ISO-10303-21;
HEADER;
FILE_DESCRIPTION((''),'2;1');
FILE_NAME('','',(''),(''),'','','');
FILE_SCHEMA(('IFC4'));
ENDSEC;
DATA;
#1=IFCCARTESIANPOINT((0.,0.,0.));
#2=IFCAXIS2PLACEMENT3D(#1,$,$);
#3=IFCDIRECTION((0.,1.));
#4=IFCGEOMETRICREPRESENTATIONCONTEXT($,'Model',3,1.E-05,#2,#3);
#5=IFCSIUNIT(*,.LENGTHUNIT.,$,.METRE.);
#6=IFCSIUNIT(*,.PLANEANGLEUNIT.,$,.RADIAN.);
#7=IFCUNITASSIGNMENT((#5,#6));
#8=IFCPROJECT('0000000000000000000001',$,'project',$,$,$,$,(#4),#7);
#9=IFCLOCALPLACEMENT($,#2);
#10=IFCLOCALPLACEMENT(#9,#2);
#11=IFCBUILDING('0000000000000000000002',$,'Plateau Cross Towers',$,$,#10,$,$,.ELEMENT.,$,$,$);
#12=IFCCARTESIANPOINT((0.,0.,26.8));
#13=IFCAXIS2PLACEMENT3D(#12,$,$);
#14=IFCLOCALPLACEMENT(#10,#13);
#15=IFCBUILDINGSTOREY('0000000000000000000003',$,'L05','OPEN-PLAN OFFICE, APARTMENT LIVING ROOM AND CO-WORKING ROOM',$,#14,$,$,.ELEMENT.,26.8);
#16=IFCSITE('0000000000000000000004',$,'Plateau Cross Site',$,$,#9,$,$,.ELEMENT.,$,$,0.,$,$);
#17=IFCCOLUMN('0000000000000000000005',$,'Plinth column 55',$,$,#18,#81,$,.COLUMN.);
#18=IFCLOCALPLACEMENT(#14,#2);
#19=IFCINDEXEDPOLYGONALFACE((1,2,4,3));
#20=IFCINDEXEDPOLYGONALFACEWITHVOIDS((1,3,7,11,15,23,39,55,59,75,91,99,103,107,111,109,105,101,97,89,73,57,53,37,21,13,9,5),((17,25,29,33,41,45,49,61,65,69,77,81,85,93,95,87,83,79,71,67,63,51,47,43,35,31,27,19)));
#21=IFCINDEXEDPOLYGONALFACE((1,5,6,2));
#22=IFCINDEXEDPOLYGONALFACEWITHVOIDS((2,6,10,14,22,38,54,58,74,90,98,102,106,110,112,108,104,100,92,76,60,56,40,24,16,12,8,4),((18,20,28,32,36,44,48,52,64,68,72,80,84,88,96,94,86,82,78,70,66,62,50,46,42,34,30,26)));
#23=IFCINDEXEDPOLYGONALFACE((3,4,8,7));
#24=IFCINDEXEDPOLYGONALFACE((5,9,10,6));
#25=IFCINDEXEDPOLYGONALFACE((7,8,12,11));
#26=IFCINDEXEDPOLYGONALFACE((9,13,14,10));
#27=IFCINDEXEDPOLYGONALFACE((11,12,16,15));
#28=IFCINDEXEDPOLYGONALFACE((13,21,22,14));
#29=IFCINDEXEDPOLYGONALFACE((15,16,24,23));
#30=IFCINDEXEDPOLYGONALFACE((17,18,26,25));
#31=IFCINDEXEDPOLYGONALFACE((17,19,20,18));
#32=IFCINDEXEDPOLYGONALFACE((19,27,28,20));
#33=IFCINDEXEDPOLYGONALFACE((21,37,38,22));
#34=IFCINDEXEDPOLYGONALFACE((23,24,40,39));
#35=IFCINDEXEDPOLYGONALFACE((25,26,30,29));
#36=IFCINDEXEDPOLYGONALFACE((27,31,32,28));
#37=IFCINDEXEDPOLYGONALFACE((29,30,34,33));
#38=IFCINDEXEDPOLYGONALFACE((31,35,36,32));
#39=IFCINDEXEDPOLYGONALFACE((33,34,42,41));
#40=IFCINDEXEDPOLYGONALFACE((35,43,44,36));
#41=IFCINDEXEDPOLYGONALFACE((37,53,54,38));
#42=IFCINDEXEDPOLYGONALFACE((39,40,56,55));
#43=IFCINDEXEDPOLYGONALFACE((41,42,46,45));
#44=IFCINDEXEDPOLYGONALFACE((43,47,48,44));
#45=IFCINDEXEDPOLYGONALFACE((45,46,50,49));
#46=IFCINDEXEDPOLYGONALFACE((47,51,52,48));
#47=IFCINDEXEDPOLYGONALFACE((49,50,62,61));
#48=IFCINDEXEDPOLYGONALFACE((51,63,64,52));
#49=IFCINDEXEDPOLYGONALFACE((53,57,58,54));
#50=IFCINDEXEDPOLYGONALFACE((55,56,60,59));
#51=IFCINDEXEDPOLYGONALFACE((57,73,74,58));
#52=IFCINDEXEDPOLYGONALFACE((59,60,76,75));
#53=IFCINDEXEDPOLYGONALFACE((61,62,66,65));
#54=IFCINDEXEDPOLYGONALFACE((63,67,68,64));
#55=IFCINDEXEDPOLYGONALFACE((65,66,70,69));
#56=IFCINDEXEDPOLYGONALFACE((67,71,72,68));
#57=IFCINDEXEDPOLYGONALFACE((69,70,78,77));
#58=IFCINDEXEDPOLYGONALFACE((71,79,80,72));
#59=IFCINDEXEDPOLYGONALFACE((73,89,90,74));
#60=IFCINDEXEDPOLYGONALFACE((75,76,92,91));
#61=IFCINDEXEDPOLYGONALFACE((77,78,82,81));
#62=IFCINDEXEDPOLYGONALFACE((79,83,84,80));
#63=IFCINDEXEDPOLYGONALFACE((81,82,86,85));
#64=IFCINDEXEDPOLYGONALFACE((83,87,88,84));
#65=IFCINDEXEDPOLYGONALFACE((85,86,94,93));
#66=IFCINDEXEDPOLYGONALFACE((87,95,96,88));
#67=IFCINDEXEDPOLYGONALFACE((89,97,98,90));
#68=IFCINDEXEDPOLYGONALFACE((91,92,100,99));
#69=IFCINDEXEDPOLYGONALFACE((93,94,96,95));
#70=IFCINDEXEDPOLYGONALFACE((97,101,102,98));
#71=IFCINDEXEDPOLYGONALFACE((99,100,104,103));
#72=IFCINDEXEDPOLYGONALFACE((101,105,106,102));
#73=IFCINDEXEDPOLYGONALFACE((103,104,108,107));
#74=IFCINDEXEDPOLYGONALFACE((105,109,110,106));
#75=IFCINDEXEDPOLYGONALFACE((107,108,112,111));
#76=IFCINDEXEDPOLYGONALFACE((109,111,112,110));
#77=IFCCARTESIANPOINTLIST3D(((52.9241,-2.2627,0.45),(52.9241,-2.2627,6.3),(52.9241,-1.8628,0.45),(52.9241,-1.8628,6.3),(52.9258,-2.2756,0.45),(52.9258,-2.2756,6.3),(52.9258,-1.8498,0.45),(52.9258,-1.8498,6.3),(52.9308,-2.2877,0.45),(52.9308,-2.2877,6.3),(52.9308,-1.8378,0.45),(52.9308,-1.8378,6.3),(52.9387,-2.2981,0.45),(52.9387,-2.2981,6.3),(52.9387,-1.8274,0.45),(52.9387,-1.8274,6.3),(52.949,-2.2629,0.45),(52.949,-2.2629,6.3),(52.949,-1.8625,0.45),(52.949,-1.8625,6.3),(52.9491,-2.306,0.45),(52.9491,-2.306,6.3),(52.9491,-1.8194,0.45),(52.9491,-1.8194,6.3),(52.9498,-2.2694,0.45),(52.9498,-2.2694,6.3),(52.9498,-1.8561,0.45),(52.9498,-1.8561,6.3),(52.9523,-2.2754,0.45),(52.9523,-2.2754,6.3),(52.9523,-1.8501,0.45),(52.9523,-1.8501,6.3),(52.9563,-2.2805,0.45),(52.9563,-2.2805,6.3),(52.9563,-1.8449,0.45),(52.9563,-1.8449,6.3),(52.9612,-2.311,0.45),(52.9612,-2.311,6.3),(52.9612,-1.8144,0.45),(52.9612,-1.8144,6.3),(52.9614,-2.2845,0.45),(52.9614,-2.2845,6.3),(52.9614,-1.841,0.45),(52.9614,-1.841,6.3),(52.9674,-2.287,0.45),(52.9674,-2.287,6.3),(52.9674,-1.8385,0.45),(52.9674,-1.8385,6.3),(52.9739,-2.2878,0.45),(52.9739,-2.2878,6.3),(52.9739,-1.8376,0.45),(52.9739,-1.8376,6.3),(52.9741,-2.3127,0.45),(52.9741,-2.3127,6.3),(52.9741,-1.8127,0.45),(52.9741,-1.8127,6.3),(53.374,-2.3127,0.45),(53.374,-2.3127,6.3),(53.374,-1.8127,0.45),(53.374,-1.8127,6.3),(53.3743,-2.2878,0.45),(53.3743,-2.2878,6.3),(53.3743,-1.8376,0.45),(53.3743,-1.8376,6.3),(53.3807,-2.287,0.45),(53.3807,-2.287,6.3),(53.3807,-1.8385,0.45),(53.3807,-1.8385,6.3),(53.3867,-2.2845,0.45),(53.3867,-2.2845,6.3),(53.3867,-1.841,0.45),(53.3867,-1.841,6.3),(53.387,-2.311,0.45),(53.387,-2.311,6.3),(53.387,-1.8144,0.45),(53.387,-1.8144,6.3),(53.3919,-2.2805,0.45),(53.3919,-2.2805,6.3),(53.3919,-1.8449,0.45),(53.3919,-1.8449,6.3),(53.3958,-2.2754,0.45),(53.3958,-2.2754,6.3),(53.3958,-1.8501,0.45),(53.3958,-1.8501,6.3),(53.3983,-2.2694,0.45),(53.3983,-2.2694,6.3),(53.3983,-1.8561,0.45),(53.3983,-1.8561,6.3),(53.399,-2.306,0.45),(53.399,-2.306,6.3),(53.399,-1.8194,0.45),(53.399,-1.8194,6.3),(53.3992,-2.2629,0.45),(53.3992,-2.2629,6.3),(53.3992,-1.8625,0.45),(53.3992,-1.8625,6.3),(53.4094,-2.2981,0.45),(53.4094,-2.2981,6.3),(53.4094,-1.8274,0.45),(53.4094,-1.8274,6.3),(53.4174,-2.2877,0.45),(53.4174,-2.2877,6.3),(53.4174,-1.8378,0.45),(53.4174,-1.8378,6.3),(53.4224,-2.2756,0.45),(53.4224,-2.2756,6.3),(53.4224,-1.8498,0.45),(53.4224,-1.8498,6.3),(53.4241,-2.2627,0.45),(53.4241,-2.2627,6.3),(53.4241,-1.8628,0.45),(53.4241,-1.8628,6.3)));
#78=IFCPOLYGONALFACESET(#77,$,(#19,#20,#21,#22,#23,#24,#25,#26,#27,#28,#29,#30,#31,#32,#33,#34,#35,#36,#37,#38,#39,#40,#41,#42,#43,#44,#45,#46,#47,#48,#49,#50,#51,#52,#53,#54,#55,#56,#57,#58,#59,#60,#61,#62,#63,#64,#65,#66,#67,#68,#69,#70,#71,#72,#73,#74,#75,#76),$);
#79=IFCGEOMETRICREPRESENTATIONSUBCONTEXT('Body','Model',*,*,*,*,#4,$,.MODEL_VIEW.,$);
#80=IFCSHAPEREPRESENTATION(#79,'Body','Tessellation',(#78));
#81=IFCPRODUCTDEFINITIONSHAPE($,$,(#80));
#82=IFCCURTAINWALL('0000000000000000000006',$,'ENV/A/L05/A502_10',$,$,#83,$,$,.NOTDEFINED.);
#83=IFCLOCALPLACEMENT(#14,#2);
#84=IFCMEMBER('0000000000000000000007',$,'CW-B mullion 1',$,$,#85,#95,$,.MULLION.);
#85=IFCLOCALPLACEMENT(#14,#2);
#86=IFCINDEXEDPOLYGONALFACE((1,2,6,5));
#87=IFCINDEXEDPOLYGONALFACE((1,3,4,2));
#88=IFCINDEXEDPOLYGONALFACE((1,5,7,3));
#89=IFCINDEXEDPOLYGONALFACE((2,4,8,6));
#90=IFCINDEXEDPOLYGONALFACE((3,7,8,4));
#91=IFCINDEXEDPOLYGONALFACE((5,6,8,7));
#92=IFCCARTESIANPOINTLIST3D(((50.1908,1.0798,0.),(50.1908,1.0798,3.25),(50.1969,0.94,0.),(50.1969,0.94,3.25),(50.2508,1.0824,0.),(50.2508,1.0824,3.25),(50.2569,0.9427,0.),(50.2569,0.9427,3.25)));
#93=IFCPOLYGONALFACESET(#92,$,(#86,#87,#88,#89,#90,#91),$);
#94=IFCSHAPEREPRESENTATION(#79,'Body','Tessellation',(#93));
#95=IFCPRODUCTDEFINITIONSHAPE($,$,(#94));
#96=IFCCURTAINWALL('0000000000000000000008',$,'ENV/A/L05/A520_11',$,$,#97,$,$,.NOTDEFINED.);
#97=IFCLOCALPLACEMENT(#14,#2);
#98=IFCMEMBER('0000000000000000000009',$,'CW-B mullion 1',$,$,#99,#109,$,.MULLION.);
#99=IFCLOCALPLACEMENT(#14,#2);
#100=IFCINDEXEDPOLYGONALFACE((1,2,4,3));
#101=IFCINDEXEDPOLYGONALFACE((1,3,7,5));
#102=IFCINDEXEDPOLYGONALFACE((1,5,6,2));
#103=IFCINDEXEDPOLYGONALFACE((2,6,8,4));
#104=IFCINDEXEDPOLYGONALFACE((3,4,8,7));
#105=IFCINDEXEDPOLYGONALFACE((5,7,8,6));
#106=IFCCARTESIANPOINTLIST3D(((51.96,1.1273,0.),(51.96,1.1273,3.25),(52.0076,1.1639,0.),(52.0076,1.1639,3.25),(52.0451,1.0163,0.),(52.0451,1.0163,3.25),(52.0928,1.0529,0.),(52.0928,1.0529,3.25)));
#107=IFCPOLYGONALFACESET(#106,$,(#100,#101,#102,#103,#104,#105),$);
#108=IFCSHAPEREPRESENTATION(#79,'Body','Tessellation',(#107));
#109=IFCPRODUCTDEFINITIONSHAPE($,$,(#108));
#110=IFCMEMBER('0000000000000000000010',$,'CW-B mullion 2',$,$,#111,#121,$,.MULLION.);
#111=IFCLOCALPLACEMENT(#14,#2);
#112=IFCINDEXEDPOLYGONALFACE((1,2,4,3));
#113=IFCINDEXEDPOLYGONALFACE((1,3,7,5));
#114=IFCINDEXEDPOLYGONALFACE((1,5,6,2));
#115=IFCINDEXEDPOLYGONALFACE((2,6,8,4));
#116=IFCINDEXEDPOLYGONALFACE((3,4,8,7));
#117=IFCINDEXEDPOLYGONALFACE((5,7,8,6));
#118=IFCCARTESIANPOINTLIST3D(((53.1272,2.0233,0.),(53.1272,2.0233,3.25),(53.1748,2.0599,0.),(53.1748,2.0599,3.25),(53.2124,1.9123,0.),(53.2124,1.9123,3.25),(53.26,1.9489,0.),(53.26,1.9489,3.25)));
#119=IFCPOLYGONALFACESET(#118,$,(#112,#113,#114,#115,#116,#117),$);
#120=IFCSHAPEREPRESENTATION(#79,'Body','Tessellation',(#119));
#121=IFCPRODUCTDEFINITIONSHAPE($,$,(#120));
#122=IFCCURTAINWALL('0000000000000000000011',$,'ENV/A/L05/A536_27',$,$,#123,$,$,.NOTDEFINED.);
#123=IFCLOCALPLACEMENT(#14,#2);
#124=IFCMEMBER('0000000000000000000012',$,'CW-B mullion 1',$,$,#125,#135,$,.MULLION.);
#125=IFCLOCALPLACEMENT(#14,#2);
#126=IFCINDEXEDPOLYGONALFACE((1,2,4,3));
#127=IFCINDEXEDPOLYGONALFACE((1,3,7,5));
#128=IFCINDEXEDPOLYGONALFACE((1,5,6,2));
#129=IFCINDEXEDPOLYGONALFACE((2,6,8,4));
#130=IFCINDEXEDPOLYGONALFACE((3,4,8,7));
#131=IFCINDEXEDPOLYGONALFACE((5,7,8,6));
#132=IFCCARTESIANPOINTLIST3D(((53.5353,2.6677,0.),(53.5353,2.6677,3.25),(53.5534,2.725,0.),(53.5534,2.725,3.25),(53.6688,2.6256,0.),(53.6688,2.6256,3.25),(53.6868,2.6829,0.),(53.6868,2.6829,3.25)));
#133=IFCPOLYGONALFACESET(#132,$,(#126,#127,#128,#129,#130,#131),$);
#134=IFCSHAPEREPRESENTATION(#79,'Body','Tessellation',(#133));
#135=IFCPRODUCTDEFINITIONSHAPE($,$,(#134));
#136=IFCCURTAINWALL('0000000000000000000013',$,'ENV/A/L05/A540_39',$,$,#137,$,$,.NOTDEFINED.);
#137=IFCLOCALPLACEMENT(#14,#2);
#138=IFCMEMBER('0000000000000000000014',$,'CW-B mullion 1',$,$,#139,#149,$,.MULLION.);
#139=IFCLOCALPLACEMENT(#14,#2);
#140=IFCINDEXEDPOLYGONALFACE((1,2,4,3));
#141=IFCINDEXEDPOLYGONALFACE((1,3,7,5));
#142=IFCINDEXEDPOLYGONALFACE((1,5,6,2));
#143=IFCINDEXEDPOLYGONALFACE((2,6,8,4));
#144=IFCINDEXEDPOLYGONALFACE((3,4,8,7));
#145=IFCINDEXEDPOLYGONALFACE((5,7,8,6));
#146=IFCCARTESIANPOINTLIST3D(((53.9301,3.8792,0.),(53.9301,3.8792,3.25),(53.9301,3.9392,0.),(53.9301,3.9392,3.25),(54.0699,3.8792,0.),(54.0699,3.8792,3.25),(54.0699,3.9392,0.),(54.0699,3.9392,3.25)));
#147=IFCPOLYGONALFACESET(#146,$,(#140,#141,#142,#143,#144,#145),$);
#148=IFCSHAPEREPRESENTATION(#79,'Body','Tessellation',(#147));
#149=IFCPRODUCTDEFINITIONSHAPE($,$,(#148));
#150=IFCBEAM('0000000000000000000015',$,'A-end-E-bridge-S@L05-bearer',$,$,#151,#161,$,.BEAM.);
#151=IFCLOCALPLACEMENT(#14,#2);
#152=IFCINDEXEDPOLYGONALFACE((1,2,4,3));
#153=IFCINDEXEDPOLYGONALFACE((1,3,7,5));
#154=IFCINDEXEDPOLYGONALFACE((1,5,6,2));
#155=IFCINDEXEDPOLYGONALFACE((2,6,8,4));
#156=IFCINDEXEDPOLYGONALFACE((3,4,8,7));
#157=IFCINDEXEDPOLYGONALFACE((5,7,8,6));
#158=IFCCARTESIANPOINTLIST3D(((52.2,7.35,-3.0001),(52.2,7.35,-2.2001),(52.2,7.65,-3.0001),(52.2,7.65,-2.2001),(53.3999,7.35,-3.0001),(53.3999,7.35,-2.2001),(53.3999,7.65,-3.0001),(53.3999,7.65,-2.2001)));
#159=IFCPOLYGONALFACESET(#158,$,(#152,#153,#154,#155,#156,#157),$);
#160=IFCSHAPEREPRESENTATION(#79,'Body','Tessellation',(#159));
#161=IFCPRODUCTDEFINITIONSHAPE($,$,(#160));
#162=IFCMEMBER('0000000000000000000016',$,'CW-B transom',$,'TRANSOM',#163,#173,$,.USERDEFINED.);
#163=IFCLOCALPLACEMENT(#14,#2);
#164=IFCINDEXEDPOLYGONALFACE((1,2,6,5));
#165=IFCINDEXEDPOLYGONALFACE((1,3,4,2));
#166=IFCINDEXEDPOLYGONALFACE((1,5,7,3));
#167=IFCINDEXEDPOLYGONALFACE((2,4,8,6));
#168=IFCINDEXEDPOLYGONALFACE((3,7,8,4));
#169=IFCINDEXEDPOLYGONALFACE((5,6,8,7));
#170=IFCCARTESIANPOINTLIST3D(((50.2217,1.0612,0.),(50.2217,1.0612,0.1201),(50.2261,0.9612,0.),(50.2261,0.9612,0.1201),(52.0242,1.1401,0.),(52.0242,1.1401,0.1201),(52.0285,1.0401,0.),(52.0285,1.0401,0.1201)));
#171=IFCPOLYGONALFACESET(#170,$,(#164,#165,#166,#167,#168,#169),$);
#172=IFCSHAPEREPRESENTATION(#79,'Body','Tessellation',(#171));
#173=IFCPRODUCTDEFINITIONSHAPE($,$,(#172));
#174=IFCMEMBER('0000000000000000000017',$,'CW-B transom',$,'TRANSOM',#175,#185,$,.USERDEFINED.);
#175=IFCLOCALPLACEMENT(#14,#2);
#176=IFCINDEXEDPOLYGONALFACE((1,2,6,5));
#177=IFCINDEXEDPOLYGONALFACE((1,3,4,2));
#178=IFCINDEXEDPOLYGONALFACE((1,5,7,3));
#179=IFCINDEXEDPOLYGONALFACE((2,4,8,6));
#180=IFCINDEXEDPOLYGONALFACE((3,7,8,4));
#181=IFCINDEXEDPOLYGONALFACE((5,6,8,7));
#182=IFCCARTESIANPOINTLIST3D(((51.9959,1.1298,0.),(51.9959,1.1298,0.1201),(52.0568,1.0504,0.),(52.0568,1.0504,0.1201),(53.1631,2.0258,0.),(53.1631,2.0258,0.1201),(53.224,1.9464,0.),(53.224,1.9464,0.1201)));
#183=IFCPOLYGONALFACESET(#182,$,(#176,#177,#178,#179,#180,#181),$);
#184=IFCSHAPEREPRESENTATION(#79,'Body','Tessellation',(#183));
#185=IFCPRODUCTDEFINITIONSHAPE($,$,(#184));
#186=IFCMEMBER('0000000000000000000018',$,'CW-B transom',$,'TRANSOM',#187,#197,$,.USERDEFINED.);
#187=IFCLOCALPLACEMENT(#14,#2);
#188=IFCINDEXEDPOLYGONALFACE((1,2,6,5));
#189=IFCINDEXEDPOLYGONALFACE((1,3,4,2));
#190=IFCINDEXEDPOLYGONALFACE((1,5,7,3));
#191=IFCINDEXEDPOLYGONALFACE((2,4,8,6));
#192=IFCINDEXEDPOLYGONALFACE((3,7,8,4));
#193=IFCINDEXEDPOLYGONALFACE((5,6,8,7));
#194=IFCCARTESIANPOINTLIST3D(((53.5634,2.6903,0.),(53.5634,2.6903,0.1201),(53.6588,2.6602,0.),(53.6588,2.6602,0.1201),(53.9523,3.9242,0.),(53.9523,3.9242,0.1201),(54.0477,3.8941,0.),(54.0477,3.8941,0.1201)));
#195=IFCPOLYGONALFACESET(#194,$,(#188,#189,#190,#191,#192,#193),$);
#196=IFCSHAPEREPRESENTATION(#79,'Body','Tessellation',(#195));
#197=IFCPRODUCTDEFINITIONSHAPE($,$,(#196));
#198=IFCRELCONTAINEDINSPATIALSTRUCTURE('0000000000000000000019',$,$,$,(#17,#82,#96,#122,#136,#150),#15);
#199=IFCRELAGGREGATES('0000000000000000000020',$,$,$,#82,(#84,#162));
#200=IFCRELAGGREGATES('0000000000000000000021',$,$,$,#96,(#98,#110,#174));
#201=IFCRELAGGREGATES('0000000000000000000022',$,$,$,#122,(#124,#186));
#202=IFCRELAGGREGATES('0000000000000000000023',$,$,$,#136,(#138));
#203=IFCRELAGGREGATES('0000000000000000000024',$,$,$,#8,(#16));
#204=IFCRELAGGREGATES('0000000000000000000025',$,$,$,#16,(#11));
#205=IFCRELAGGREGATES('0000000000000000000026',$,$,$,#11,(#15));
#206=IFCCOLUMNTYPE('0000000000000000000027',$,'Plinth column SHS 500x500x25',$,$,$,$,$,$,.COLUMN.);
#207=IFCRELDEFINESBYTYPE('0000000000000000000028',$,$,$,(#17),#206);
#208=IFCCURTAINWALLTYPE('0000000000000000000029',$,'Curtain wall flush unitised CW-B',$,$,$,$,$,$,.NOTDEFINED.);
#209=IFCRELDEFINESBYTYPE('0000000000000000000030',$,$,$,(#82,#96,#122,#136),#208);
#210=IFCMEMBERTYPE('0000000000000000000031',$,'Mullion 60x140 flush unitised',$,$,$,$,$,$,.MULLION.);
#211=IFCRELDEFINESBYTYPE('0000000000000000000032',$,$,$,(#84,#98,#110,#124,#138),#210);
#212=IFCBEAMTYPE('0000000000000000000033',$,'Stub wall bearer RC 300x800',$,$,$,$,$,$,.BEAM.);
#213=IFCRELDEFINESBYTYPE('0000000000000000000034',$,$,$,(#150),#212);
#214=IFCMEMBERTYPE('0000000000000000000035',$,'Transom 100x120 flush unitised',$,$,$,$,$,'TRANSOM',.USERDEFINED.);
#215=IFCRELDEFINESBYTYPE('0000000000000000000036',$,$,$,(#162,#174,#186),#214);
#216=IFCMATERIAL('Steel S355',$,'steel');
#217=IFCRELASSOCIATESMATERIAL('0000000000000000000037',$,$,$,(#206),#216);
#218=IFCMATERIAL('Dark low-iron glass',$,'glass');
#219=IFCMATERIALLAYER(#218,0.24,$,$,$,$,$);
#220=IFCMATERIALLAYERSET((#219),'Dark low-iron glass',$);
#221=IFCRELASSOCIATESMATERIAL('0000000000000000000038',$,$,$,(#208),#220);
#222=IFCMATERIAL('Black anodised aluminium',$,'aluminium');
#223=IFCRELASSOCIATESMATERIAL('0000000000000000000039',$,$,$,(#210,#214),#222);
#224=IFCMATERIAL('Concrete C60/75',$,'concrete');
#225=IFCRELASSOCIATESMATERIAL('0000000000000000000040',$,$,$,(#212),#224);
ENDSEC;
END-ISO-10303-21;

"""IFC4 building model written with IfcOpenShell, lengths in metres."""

from ifc_helpers import new_model, si_unit, direction, frame, origin, origin_2d, place, context, subcontext, project, spatial, rectangle, hollow_rectangle, extrude, material, layer, layer_set, material_profile, profile_set, type_object, element, aggregate, save


model = new_model("IFC4")

# Units and contexts
model_context = context("Model", 3, precision=1e-05, world=origin(), true_north=direction((0.0, 1.0)))
body_context = subcontext(model_context, "Body", "Model", "MODEL_VIEW")
ifc_project = project(units=[si_unit("LENGTHUNIT", "METRE"), si_unit("PLANEANGLEUNIT", "RADIAN")], contexts=[model_context])

# Site, building, storey
site_placement = place(None, origin())
site = spatial("IfcSite", under=ifc_project, at=site_placement, Name="Plateau Cross Site", CompositionType="ELEMENT", RefElevation=0.0)
building_placement = place(site_placement, origin())
building = spatial("IfcBuilding", under=site, at=building_placement, Name="Plateau Cross Towers", CompositionType="ELEMENT")
storey_placement = place(building_placement, frame((0.0, 0.0, 26.8)))
storey = spatial("IfcBuildingStorey", under=building, at=storey_placement, Name="L05", Description="OPEN-PLAN OFFICE, APARTMENT LIVING ROOM AND CO-WORKING ROOM", CompositionType="ELEMENT", Elevation=26.8)

# Column
ifc_material_1 = material(Name="Concrete C60/75", Category="concrete")
ifc_material_2 = material(Name="Steel S355", Category="steel")
ifc_material_profile_1 = material_profile(ifc_material_2, hollow_rectangle(XDim=0.5, YDim=0.5, WallThickness=0.0249, InnerFilletRadius=0.0249, OuterFilletRadius=0.05, at=origin_2d()), Name="SHS 500x500x25")
ifc_profile_set_1 = profile_set([ifc_material_profile_1], Name="Steel S355")
column_type_1 = type_object("IfcColumnType", Name="Plinth column SHS 500x500x25", PredefinedType="COLUMN", material=ifc_profile_set_1)
for number, where, z_axis, x_axis, name in (
    (1, (53.1741, -2.0627, 0.45), (0.0, 0.0, 1.0), (1.0, 0.0, 0.0), "Plinth column 55"),
):
    element("IfcColumn", number, at=place(storey_placement, frame(where, z_axis=z_axis, x_axis=x_axis)), inside=storey, type_object=column_type_1, Name=name, PredefinedType="COLUMN", context=body_context, shape_type="SweptSolid", body=[
        extrude(hollow_rectangle(XDim=0.5, YDim=0.5, WallThickness=0.0249, InnerFilletRadius=0.0249, OuterFilletRadius=0.05, at=origin_2d()), origin(), (0.0, 0.0, 1.0), 5.8501),
    ])

# Curtain wall, member
ifc_material_3 = material(Name="Dark low-iron glass", Category="glass")
ifc_layer_1 = layer(ifc_material_3, 0.24)
ifc_layer_set_1 = layer_set([ifc_layer_1], Name="Dark low-iron glass")
curtain_wall_type_1 = type_object("IfcCurtainWallType", Name="Curtain wall flush unitised CW-B", PredefinedType="NOTDEFINED", material=ifc_layer_set_1)
curtain_wall_1_placement = place(storey_placement, origin())
curtain_wall_1 = element("IfcCurtainWall", 2, at=curtain_wall_1_placement, inside=storey, type_object=curtain_wall_type_1, Name="ENV/A/L05/A502_10", PredefinedType="NOTDEFINED")
ifc_material_4 = material(Name="Black anodised aluminium", Category="aluminium")
ifc_material_profile_2 = material_profile(ifc_material_4, rectangle(XDim=0.0601, YDim=0.1399, at=origin_2d()), Name="MULLION 60x140")
ifc_profile_set_2 = profile_set([ifc_material_profile_2], Name="Black anodised aluminium")
member_type_1 = type_object("IfcMemberType", Name="Mullion 60x140 flush unitised", PredefinedType="MULLION", material=ifc_profile_set_2)
member_1_placement = place(storey_placement, frame((50.2239, 1.0112, 0.0), z_axis=(0.0, 0.0, 1.0), x_axis=(0.999044, 0.043723, 0.0)))
member_1 = element("IfcMember", 3, at=member_1_placement, type_object=member_type_1, Name="CW-B mullion 1", PredefinedType="MULLION", context=body_context, shape_type="SweptSolid", body=[
    extrude(rectangle(XDim=0.0601, YDim=0.1399, at=origin_2d()), origin(), (0.0, 0.0, 1.0), 3.25),
])

# Curtain wall, members
curtain_wall_2_placement = place(storey_placement, origin())
curtain_wall_2 = element("IfcCurtainWall", 4, at=curtain_wall_2_placement, inside=storey, type_object=curtain_wall_type_1, Name="ENV/A/L05/A520_11", PredefinedType="NOTDEFINED")
member_2_placement = place(storey_placement, frame((52.0264, 1.0901, 0.0), z_axis=(0.0, 0.0, 1.0), x_axis=(0.793316, 0.608811, 0.0)))
member_2 = element("IfcMember", 5, at=member_2_placement, type_object=member_type_1, Name="CW-B mullion 1", PredefinedType="MULLION", context=body_context, shape_type="SweptSolid", body=[
    extrude(rectangle(XDim=0.0601, YDim=0.1399, at=origin_2d()), origin(), (0.0, 0.0, 1.0), 3.25),
])
member_3_placement = place(storey_placement, frame((53.1936, 1.9861, 0.0), z_axis=(0.0, 0.0, 1.0), x_axis=(0.793316, 0.608811, 0.0)))
member_3 = element("IfcMember", 6, at=member_3_placement, type_object=member_type_1, Name="CW-B mullion 2", PredefinedType="MULLION", context=body_context, shape_type="SweptSolid", body=[
    extrude(rectangle(XDim=0.0601, YDim=0.1399, at=origin_2d()), origin(), (0.0, 0.0, 1.0), 3.25),
])

# Curtain walls, members
curtain_wall_3_placement = place(storey_placement, origin())
curtain_wall_3 = element("IfcCurtainWall", 7, at=curtain_wall_3_placement, inside=storey, type_object=curtain_wall_type_1, Name="ENV/A/L05/A536_27", PredefinedType="NOTDEFINED")
member_4_placement = place(storey_placement, frame((53.6111, 2.6753, 0.0), z_axis=(0.0, 0.0, 1.0), x_axis=(0.300686, 0.953723, 0.0)))
member_4 = element("IfcMember", 8, at=member_4_placement, type_object=member_type_1, Name="CW-B mullion 1", PredefinedType="MULLION", context=body_context, shape_type="SweptSolid", body=[
    extrude(rectangle(XDim=0.0601, YDim=0.1399, at=origin_2d()), origin(), (0.0, 0.0, 1.0), 3.25),
])
curtain_wall_4_placement = place(storey_placement, origin())
curtain_wall_4 = element("IfcCurtainWall", 9, at=curtain_wall_4_placement, inside=storey, type_object=curtain_wall_type_1, Name="ENV/A/L05/A540_39", PredefinedType="NOTDEFINED")
member_5_placement = place(storey_placement, frame((54.0, 3.9092, 0.0), z_axis=(0.0, 0.0, 1.0), x_axis=(0.0, 1.0, 0.0)))
member_5 = element("IfcMember", 10, at=member_5_placement, type_object=member_type_1, Name="CW-B mullion 1", PredefinedType="MULLION", context=body_context, shape_type="SweptSolid", body=[
    extrude(rectangle(XDim=0.0601, YDim=0.1399, at=origin_2d()), origin(), (0.0, 0.0, 1.0), 3.25),
])

# Beam
ifc_material_profile_3 = material_profile(ifc_material_1, rectangle(XDim=0.3, YDim=0.8, at=origin_2d()), Name="RC 300x800")
ifc_profile_set_3 = profile_set([ifc_material_profile_3], Name="Concrete C60/75")
beam_type = type_object("IfcBeamType", Name="Stub wall bearer RC 300x800", PredefinedType="BEAM", material=ifc_profile_set_3)
beam_placement = place(storey_placement, frame((52.2, 7.5, -2.6001), z_axis=(1.0, 0.0, 0.0), x_axis=(0.0, 1.0, 0.0)))
element("IfcBeam", 11, at=beam_placement, inside=storey, type_object=beam_type, Name="A-end-E-bridge-S@L05-bearer", PredefinedType="BEAM", context=body_context, shape_type="SweptSolid", body=[
    extrude(rectangle(XDim=0.3, YDim=0.8, at=origin_2d()), origin(), (0.0, 0.0, 1.0), 1.2),
])

# Members
ifc_material_profile_4 = material_profile(ifc_material_4, rectangle(XDim=0.1001, YDim=0.1201, at=origin_2d()), Name="TRANSOM 100x120")
ifc_profile_set_4 = profile_set([ifc_material_profile_4], Name="Black anodised aluminium")
member_type_2 = type_object("IfcMemberType", Name="Transom 100x120 flush unitised", ElementType="TRANSOM", PredefinedType="USERDEFINED", material=ifc_profile_set_4)
member_6_placement = place(storey_placement, frame((50.2239, 1.0112, 0.0601), z_axis=(0.999044, 0.043707, 0.0), x_axis=(-0.043707, 0.999044, 0.0)))
member_6 = element("IfcMember", 12, at=member_6_placement, type_object=member_type_2, Name="CW-B transom", ObjectType="TRANSOM", PredefinedType="USERDEFINED", context=body_context, shape_type="SweptSolid", body=[
    extrude(rectangle(XDim=0.1001, YDim=0.1201, at=origin_2d()), origin(), (0.0, 0.0, 1.0), 1.8042),
])
member_7_placement = place(storey_placement, frame((52.0264, 1.0901, 0.0601), z_axis=(0.79324, 0.608909, 0.0), x_axis=(-0.608909, 0.79324, 0.0)))
member_7 = element("IfcMember", 13, at=member_7_placement, type_object=member_type_2, Name="CW-B transom", ObjectType="TRANSOM", PredefinedType="USERDEFINED", context=body_context, shape_type="SweptSolid", body=[
    extrude(rectangle(XDim=0.1001, YDim=0.1201, at=origin_2d()), origin(), (0.0, 0.0, 1.0), 1.4714),
])
member_8_placement = place(storey_placement, frame((53.6111, 2.6753, 0.0601), z_axis=(0.300617, 0.953745, 0.0), x_axis=(-0.953745, 0.300617, 0.0)))
member_8 = element("IfcMember", 14, at=member_8_placement, type_object=member_type_2, Name="CW-B transom", ObjectType="TRANSOM", PredefinedType="USERDEFINED", context=body_context, shape_type="SweptSolid", body=[
    extrude(rectangle(XDim=0.1001, YDim=0.1201, at=origin_2d()), origin(), (0.0, 0.0, 1.0), 1.2937),
])

aggregate(curtain_wall_1, [member_1, member_6])
aggregate(curtain_wall_2, [member_2, member_3, member_7])
aggregate(curtain_wall_3, [member_4, member_8])
aggregate(curtain_wall_4, [member_5])

save(model, "model.ifc")
